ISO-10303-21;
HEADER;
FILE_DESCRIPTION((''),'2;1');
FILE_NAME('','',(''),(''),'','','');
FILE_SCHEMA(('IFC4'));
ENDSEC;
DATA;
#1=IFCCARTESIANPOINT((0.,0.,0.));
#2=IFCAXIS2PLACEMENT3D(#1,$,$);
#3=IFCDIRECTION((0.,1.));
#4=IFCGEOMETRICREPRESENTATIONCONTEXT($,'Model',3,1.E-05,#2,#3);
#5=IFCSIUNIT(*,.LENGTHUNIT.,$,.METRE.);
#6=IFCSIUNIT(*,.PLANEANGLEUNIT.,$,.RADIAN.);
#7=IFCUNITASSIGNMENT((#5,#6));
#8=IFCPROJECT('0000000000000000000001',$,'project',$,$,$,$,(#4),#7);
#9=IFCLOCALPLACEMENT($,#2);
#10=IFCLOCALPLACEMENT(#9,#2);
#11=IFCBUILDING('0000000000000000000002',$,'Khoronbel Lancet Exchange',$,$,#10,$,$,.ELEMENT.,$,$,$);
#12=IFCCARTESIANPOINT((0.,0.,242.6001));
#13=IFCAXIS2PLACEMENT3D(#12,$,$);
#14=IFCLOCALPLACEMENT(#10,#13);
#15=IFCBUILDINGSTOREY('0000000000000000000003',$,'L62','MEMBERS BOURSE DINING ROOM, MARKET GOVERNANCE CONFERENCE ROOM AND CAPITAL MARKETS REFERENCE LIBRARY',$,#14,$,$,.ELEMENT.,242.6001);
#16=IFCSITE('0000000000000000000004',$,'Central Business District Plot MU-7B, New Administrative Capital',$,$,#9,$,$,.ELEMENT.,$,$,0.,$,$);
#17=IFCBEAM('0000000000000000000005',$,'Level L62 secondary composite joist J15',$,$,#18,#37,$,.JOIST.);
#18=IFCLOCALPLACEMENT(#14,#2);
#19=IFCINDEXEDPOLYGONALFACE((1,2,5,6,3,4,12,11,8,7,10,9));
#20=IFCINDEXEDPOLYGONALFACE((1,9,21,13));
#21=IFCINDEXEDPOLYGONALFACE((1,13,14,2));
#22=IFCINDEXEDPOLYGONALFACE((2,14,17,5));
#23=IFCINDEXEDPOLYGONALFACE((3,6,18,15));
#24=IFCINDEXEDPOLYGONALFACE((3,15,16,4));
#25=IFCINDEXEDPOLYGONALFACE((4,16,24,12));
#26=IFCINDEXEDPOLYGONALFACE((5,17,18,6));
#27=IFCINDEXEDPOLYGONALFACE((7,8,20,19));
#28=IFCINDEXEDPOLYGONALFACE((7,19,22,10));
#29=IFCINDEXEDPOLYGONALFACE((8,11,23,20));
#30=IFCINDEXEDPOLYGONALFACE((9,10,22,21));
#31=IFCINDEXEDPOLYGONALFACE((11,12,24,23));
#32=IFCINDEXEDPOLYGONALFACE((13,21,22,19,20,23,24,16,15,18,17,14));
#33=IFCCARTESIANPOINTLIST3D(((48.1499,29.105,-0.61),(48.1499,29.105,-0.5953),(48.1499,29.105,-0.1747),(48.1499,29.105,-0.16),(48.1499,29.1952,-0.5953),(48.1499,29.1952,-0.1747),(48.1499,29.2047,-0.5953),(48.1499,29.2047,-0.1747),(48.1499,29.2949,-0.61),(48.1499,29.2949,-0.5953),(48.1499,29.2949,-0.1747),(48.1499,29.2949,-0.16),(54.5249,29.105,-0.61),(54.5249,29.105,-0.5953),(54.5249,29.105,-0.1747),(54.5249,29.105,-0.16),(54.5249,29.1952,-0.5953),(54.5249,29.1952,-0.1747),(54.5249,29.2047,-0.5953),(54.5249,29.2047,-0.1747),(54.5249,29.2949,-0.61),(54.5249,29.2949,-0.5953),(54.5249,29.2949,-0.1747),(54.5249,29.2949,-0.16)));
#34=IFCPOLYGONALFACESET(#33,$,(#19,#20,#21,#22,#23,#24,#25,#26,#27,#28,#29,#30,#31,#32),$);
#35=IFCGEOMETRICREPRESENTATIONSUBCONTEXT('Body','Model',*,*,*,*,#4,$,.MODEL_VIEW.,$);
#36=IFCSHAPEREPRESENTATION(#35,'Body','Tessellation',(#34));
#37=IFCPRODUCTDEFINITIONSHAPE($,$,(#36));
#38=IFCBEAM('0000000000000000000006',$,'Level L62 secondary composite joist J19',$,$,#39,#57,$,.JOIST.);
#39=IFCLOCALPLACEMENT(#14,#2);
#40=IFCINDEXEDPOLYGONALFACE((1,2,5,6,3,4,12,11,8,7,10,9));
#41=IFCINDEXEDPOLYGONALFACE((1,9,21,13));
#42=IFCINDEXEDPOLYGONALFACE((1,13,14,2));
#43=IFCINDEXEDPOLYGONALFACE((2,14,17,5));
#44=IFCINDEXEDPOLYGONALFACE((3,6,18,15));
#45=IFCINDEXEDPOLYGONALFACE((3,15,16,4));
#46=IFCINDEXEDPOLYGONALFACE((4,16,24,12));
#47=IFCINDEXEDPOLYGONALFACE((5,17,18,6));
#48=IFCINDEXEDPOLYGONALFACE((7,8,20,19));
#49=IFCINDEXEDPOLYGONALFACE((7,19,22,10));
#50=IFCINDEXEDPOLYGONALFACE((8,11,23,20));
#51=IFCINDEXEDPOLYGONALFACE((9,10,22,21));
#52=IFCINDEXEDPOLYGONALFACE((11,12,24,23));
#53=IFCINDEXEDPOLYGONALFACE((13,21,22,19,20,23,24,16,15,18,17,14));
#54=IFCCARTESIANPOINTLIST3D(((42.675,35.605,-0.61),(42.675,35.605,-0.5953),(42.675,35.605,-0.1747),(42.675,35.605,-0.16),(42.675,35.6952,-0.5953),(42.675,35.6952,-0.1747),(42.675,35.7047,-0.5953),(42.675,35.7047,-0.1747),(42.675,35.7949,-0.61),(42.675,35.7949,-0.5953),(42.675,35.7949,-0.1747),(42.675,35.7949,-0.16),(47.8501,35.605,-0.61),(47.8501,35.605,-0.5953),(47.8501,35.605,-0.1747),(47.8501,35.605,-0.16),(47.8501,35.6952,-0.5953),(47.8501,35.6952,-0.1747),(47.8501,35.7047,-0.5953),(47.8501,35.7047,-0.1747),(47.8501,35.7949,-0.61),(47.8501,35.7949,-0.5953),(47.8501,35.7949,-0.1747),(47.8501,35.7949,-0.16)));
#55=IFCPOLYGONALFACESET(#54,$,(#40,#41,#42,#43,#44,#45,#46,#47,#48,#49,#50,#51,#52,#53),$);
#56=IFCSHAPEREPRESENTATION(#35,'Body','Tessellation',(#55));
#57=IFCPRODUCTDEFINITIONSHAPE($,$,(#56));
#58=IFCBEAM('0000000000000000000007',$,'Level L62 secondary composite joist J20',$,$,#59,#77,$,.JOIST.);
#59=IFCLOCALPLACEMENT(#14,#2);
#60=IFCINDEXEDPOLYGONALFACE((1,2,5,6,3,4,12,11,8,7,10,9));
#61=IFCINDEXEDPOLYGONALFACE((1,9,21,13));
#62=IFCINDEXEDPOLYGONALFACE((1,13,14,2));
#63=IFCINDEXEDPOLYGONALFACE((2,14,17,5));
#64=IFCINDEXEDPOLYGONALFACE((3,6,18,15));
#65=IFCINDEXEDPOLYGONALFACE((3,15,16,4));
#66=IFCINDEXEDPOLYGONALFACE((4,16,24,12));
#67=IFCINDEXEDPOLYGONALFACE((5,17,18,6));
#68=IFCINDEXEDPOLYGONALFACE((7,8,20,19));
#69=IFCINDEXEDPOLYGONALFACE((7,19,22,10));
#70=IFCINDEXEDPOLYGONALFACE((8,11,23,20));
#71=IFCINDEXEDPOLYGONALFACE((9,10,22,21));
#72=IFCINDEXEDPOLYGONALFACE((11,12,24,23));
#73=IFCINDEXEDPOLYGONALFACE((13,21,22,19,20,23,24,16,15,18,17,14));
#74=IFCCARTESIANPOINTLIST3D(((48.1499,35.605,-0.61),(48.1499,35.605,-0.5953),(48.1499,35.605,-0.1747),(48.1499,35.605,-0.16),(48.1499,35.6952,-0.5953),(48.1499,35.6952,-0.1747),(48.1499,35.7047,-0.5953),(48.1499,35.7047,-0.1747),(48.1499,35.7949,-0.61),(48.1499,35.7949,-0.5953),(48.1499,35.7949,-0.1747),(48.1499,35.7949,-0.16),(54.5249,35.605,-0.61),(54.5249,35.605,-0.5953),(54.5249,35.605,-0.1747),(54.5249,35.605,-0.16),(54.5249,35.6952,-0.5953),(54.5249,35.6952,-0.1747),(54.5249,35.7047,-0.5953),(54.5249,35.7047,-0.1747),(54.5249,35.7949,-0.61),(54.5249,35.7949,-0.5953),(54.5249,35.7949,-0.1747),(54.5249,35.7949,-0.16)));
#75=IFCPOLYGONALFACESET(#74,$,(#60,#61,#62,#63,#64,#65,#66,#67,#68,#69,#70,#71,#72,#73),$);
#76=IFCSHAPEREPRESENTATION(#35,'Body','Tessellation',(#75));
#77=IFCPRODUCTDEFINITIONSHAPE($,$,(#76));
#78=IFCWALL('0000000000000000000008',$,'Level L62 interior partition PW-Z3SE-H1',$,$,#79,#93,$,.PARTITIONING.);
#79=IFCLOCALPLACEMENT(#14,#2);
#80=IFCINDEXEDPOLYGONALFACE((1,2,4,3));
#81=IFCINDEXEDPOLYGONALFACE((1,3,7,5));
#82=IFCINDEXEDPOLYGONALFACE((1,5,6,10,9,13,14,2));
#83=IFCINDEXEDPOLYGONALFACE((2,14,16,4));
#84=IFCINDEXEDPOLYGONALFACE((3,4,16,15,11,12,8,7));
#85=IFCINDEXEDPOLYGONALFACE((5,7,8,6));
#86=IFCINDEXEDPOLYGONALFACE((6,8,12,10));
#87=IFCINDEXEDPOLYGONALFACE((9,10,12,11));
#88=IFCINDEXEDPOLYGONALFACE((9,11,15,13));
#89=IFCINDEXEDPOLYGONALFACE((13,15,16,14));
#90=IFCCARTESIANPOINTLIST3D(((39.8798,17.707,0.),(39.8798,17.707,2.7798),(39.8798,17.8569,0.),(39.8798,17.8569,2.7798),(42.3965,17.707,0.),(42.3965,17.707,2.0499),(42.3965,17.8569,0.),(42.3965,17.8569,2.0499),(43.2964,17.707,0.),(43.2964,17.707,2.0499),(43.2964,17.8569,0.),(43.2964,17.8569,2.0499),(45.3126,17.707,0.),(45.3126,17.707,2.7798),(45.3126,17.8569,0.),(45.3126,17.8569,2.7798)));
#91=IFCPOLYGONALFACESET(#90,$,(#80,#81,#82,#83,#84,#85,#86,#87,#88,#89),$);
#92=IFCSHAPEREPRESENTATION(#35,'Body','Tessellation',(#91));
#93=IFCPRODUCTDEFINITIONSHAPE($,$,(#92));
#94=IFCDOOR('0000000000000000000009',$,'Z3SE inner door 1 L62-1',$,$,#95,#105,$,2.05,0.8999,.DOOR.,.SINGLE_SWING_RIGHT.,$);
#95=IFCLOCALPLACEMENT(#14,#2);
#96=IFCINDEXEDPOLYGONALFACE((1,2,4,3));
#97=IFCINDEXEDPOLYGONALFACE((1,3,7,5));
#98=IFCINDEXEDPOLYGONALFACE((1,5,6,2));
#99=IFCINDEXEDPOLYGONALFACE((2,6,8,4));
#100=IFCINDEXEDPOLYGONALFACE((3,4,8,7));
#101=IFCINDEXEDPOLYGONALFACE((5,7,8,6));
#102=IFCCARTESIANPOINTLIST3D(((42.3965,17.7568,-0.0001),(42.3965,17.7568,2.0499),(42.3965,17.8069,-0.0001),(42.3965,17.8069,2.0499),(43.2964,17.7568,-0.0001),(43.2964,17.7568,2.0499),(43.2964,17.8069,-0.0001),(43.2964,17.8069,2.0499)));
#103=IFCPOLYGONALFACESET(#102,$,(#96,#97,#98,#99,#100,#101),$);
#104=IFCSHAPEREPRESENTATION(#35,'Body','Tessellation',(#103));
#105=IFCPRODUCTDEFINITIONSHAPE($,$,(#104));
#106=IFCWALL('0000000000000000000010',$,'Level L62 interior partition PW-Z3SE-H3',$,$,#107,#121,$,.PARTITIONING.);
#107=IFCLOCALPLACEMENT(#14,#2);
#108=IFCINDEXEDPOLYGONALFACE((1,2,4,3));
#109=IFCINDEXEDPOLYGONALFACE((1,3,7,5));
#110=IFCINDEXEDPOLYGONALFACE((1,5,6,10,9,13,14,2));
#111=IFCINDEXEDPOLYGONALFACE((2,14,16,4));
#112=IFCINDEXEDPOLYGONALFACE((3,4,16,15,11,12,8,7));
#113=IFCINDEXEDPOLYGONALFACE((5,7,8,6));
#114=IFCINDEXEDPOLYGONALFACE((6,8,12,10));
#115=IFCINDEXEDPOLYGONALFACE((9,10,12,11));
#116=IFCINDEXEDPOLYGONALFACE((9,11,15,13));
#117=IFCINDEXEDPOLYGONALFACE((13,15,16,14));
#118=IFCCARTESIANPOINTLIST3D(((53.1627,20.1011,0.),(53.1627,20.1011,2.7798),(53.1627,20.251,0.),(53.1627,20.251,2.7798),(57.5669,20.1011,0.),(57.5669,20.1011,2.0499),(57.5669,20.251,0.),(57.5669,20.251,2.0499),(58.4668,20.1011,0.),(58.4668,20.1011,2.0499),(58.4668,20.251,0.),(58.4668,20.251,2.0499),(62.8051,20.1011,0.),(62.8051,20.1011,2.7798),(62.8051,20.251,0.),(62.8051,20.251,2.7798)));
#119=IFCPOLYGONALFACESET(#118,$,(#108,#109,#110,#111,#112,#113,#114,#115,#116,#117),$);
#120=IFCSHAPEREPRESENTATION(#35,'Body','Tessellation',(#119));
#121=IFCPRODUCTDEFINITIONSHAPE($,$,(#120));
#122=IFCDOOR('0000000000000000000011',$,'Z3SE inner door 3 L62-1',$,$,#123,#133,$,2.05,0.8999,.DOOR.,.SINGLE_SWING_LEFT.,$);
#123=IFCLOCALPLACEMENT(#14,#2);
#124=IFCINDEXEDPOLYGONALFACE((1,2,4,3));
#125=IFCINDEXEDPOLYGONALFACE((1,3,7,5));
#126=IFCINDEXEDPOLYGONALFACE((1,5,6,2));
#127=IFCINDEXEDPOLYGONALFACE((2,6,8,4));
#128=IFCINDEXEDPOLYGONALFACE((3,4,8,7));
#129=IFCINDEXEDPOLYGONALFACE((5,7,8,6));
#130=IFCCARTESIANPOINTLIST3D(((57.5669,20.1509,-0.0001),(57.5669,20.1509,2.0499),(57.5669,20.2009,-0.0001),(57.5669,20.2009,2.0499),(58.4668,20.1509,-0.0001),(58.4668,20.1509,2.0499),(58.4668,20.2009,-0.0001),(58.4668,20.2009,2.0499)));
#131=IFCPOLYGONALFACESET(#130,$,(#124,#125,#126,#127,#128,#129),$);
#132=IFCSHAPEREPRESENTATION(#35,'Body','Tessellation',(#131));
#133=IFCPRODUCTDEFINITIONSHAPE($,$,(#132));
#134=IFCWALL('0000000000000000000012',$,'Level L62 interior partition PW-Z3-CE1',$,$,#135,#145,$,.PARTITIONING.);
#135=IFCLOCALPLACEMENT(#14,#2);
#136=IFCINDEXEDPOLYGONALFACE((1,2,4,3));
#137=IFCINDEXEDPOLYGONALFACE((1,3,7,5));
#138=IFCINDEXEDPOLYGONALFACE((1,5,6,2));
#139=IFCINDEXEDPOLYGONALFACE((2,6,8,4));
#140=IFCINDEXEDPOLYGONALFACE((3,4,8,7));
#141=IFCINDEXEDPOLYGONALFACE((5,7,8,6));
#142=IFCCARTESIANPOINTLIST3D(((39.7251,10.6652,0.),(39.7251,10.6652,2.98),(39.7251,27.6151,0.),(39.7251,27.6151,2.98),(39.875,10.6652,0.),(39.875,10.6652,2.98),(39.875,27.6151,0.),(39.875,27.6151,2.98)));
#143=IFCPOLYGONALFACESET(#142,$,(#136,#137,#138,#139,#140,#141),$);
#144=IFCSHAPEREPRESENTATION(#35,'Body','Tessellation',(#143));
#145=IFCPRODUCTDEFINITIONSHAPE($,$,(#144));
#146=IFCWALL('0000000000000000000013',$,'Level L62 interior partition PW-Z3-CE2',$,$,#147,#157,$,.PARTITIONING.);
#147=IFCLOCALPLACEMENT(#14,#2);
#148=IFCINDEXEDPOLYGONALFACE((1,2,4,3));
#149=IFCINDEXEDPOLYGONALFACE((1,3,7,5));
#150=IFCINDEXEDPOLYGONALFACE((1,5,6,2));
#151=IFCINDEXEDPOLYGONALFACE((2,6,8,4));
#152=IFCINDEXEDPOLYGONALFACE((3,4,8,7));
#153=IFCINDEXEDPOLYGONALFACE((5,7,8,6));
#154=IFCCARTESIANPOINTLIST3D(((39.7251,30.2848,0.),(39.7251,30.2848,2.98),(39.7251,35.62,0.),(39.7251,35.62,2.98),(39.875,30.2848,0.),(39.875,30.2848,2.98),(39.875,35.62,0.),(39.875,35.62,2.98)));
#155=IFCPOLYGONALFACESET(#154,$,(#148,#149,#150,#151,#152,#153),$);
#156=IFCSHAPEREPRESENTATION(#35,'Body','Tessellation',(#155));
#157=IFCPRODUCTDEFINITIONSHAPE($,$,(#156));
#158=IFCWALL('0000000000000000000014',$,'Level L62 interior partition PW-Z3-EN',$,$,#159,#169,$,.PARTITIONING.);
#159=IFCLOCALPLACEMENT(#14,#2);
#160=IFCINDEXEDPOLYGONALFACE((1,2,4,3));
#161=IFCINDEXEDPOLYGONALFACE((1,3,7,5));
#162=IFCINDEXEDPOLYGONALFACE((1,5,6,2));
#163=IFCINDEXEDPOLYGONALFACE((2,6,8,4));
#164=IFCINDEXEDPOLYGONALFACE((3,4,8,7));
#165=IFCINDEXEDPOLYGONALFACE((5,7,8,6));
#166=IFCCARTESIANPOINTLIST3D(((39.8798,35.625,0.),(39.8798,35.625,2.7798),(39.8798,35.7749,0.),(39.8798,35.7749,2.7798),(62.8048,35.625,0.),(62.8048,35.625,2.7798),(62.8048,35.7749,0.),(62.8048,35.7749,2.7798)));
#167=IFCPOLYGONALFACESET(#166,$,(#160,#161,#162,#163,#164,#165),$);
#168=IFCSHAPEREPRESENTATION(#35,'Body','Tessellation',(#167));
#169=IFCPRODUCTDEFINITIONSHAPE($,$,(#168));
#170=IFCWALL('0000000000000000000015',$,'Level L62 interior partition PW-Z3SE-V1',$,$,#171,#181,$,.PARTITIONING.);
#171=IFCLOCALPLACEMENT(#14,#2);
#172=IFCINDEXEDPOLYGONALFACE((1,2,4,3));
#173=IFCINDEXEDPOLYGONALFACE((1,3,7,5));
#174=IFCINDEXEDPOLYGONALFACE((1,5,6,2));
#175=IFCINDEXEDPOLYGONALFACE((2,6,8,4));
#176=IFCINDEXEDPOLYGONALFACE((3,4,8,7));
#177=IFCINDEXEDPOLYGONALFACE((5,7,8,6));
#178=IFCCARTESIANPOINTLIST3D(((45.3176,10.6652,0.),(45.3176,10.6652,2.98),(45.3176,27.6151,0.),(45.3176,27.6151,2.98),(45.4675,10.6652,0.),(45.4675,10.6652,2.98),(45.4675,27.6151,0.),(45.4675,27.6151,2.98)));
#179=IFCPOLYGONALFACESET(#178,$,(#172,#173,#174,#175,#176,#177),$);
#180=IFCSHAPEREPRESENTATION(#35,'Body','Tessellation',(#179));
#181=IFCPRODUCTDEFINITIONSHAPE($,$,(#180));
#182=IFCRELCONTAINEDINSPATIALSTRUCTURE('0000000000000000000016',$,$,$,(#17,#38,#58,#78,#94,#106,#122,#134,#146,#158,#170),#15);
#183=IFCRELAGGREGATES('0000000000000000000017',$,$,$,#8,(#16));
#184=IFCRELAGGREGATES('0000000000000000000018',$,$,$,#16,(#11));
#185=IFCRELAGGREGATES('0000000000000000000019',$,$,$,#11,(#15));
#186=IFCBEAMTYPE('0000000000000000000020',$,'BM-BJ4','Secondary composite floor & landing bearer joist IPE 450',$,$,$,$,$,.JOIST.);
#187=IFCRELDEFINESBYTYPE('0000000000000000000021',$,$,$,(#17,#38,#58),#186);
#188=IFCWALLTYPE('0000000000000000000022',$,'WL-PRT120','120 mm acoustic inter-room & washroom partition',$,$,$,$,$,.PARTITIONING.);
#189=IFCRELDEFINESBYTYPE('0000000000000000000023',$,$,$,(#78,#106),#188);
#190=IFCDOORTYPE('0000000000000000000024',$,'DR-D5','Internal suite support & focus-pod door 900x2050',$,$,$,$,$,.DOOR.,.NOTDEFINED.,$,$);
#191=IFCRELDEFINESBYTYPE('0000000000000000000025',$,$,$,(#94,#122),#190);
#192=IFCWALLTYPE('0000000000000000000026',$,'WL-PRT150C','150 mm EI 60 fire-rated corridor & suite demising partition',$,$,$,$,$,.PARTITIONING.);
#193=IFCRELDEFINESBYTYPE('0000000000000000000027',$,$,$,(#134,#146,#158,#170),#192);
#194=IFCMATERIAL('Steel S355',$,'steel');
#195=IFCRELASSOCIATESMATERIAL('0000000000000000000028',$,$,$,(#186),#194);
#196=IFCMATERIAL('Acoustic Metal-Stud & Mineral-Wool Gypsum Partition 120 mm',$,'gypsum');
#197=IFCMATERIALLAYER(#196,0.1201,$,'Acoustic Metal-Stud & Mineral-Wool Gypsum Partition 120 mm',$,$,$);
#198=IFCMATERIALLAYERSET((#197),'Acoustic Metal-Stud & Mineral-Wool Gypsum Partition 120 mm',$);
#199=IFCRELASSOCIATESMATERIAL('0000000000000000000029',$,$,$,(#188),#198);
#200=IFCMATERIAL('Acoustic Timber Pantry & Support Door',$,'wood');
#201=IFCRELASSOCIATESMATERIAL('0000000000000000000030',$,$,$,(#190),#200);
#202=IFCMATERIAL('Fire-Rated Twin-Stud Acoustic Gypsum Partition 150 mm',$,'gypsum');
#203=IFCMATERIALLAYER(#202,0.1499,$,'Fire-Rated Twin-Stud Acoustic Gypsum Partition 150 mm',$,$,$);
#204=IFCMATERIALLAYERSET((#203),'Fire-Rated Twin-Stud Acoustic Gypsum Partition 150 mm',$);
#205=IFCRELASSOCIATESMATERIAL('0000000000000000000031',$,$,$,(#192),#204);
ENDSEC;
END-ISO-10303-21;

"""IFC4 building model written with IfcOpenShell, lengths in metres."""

from ifc_helpers import new_model, si_unit, direction, frame, frame_2d, origin, origin_2d, place, context, subcontext, project, spatial, rectangle, i_section, extrude, material, layer, layer_set, material_profile, profile_set, type_object, element, fill, save


model = new_model("IFC4")

# Units and contexts
model_context = context("Model", 3, precision=1e-05, world=origin(), true_north=direction((0.0, 1.0)))
body_context = subcontext(model_context, "Body", "Model", "MODEL_VIEW")
ifc_project = project(units=[si_unit("LENGTHUNIT", "METRE"), si_unit("PLANEANGLEUNIT", "RADIAN")], contexts=[model_context])

# Site, building, storey
site_placement = place(None, origin())
site = spatial("IfcSite", under=ifc_project, at=site_placement, Name="Central Business District Plot MU-7B, New Administrative Capital", CompositionType="ELEMENT", RefElevation=0.0)
building_placement = place(site_placement, origin())
building = spatial("IfcBuilding", under=site, at=building_placement, Name="Khoronbel Lancet Exchange", CompositionType="ELEMENT")
storey_placement = place(building_placement, frame((0.0, 0.0, 242.6001)))
storey = spatial("IfcBuildingStorey", under=building, at=storey_placement, Name="L62", Description="MEMBERS BOURSE DINING ROOM, MARKET GOVERNANCE CONFERENCE ROOM AND CAPITAL MARKETS REFERENCE LIBRARY", CompositionType="ELEMENT", Elevation=242.6001)

# Shared definitions
ifc_material_1 = material(Name="Steel S355", Category="steel")

# Beams
ifc_material_profile_1 = material_profile(ifc_material_1, i_section(OverallWidth=0.1899, OverallDepth=0.45, WebThickness=0.0095, FlangeThickness=0.0146, at=origin_2d()), Name="IPE 450")
ifc_profile_set_1 = profile_set([ifc_material_profile_1], Name="Steel S355")
beam_type_1 = type_object("IfcBeamType", Name="BM-BJ4", Description="Secondary composite floor & landing bearer joist IPE 450", PredefinedType="JOIST", material=ifc_profile_set_1)
beam_1_placement = place(storey_placement, frame((48.1499, 29.2, -0.385), z_axis=(1.0, 0.0, 0.0), x_axis=(0.0, 1.0, 0.0)))
element("IfcBeam", 1, at=beam_1_placement, inside=storey, type_object=beam_type_1, Name="Level L62 secondary composite joist J15", PredefinedType="JOIST", context=body_context, shape_type="SweptSolid", body=[
    extrude(i_section(OverallWidth=0.1899, OverallDepth=0.45, WebThickness=0.0095, FlangeThickness=0.0146, at=origin_2d()), origin(), (0.0, 0.0, 1.0), 6.375),
])
beam_2_placement = place(storey_placement, frame((42.675, 35.7, -0.385), z_axis=(1.0, 0.0, 0.0), x_axis=(0.0, 1.0, 0.0)))
element("IfcBeam", 2, at=beam_2_placement, inside=storey, type_object=beam_type_1, Name="Level L62 secondary composite joist J19", PredefinedType="JOIST", context=body_context, shape_type="SweptSolid", body=[
    extrude(i_section(OverallWidth=0.1899, OverallDepth=0.45, WebThickness=0.0095, FlangeThickness=0.0146, at=origin_2d()), origin(), (0.0, 0.0, 1.0), 5.175),
])
beam_3_placement = place(storey_placement, frame((48.1499, 35.7, -0.385), z_axis=(1.0, 0.0, 0.0), x_axis=(0.0, 1.0, 0.0)))
element("IfcBeam", 3, at=beam_3_placement, inside=storey, type_object=beam_type_1, Name="Level L62 secondary composite joist J20", PredefinedType="JOIST", context=body_context, shape_type="SweptSolid", body=[
    extrude(i_section(OverallWidth=0.1899, OverallDepth=0.45, WebThickness=0.0095, FlangeThickness=0.0146, at=origin_2d()), origin(), (0.0, 0.0, 1.0), 6.375),
])

# Walls, openings, doors
ifc_material_2 = material(Name="Acoustic Metal-Stud & Mineral-Wool Gypsum Partition 120 mm", Category="gypsum")
ifc_layer_1 = layer(ifc_material_2, 0.1201, Name="Acoustic Metal-Stud & Mineral-Wool Gypsum Partition 120 mm")
ifc_layer_set_1 = layer_set([ifc_layer_1], Name="Acoustic Metal-Stud & Mineral-Wool Gypsum Partition 120 mm")
wall_type_1 = type_object("IfcWallType", Name="WL-PRT120", Description="120 mm acoustic inter-room & washroom partition", PredefinedType="PARTITIONING", material=ifc_layer_set_1)
wall_1_placement = place(storey_placement, frame((39.8799, 17.782, 0.0), z_axis=(0.0, 0.0, 1.0), x_axis=(1.0, 0.0, 0.0)))
wall_1 = element("IfcWall", 4, at=wall_1_placement, inside=storey, type_object=wall_type_1, Name="Level L62 interior partition PW-Z3SE-H1", PredefinedType="PARTITIONING", context=body_context, shape_type="SweptSolid", body=[
    extrude(rectangle(XDim=5.4329, YDim=0.1499, at=frame_2d((2.7163, 0.0))), origin(), (0.0, 0.0, 1.0), 2.7798),
])
opening_1_placement = place(wall_1_placement, frame((2.5166, 0.0, 0.0)))
opening_1 = element("IfcOpeningElement", 5, at=opening_1_placement, cuts=wall_1, PredefinedType="OPENING", context=body_context, shape_type="SweptSolid", body=[
    extrude(rectangle(XDim=0.8999, YDim=2.05, at=frame_2d((0.45, 1.0249))), frame((0.0, 0.085, 0.0), z_axis=(0.0, -1.0, 0.0), x_axis=(1.0, 0.0, 0.0)), (0.0, 0.0, 1.0), 0.1699),
])
ifc_material_3 = material(Name="Acoustic Timber Pantry & Support Door", Category="wood")
door_type_1 = type_object("IfcDoorType", Name="DR-D5", Description="Internal suite support & focus-pod door 900x2050", OperationType="NOTDEFINED", PredefinedType="DOOR", material=ifc_material_3)
door_1_placement = place(opening_1_placement, origin())
door_1 = element("IfcDoor", 6, at=door_1_placement, inside=storey, type_object=door_type_1, Name="Z3SE inner door 1 L62-1", OperationType="SINGLE_SWING_RIGHT", OverallHeight=2.05, OverallWidth=0.8999, PredefinedType="DOOR", context=body_context, shape_type="SweptSolid", body=[
    extrude(rectangle(XDim=0.8999, YDim=2.05, at=frame_2d((0.45, 1.0249))), frame((0.0, 0.0249, 0.0), z_axis=(0.0, -1.0, 0.0), x_axis=(1.0, 0.0, 0.0)), (0.0, 0.0, 1.0), 0.05),
])
fill(opening_1, door_1)
wall_2_placement = place(storey_placement, frame((53.1626, 20.176, 0.0), z_axis=(0.0, 0.0, 1.0), x_axis=(1.0, 0.0, 0.0)))
wall_2 = element("IfcWall", 7, at=wall_2_placement, inside=storey, type_object=wall_type_1, Name="Level L62 interior partition PW-Z3SE-H3", PredefinedType="PARTITIONING", context=body_context, shape_type="SweptSolid", body=[
    extrude(rectangle(XDim=9.6423, YDim=0.1499, at=frame_2d((4.8213, 0.0))), origin(), (0.0, 0.0, 1.0), 2.7798),
])
opening_2_placement = place(wall_2_placement, frame((4.4043, 0.0, 0.0)))
opening_2 = element("IfcOpeningElement", 8, at=opening_2_placement, cuts=wall_2, PredefinedType="OPENING", context=body_context, shape_type="SweptSolid", body=[
    extrude(rectangle(XDim=0.8999, YDim=2.05, at=frame_2d((0.45, 1.0249))), frame((0.0, 0.085, 0.0), z_axis=(0.0, -1.0, 0.0), x_axis=(1.0, 0.0, 0.0)), (0.0, 0.0, 1.0), 0.1699),
])
door_2_placement = place(opening_2_placement, origin())
door_2 = element("IfcDoor", 9, at=door_2_placement, inside=storey, type_object=door_type_1, Name="Z3SE inner door 3 L62-1", OperationType="SINGLE_SWING_LEFT", OverallHeight=2.05, OverallWidth=0.8999, PredefinedType="DOOR", context=body_context, shape_type="SweptSolid", body=[
    extrude(rectangle(XDim=0.8999, YDim=2.05, at=frame_2d((0.45, 1.0249))), frame((0.0, 0.0249, 0.0), z_axis=(0.0, -1.0, 0.0), x_axis=(1.0, 0.0, 0.0)), (0.0, 0.0, 1.0), 0.05),
])
fill(opening_2, door_2)

# Walls
ifc_material_4 = material(Name="Fire-Rated Twin-Stud Acoustic Gypsum Partition 150 mm", Category="gypsum")
ifc_layer_2 = layer(ifc_material_4, 0.1499, Name="Fire-Rated Twin-Stud Acoustic Gypsum Partition 150 mm")
ifc_layer_set_2 = layer_set([ifc_layer_2], Name="Fire-Rated Twin-Stud Acoustic Gypsum Partition 150 mm")
wall_type_2 = type_object("IfcWallType", Name="WL-PRT150C", Description="150 mm EI 60 fire-rated corridor & suite demising partition", PredefinedType="PARTITIONING", material=ifc_layer_set_2)
wall_3_placement = place(storey_placement, frame((39.8, 10.665, 0.0), z_axis=(0.0, 0.0, 1.0), x_axis=(0.0, 1.0, 0.0)))
element("IfcWall", 10, at=wall_3_placement, inside=storey, type_object=wall_type_2, Name="Level L62 interior partition PW-Z3-CE1", PredefinedType="PARTITIONING", context=body_context, shape_type="SweptSolid", body=[
    extrude(rectangle(XDim=16.95, YDim=0.1499, at=frame_2d((8.4751, 0.0))), origin(), (0.0, 0.0, 1.0), 2.98),
])
wall_4_placement = place(storey_placement, frame((39.8, 30.2849, 0.0), z_axis=(0.0, 0.0, 1.0), x_axis=(0.0, 1.0, 0.0)))
element("IfcWall", 11, at=wall_4_placement, inside=storey, type_object=wall_type_2, Name="Level L62 interior partition PW-Z3-CE2", PredefinedType="PARTITIONING", context=body_context, shape_type="SweptSolid", body=[
    extrude(rectangle(XDim=5.3352, YDim=0.1499, at=frame_2d((2.6675, 0.0))), origin(), (0.0, 0.0, 1.0), 2.98),
])
wall_5_placement = place(storey_placement, frame((39.8799, 35.7, 0.0), z_axis=(0.0, 0.0, 1.0), x_axis=(1.0, 0.0, 0.0)))
element("IfcWall", 12, at=wall_5_placement, inside=storey, type_object=wall_type_2, Name="Level L62 interior partition PW-Z3-EN", PredefinedType="PARTITIONING", context=body_context, shape_type="SweptSolid", body=[
    extrude(rectangle(XDim=22.925, YDim=0.1499, at=frame_2d((11.4624, 0.0))), origin(), (0.0, 0.0, 1.0), 2.7798),
])
for number, where, z_axis, x_axis, name in (
    (13, (45.3926, 10.665, 0.0), (0.0, 0.0, 1.0), (0.0, 1.0, 0.0), "Level L62 interior partition PW-Z3SE-V1"),
):
    element("IfcWall", number, at=place(storey_placement, frame(where, z_axis=z_axis, x_axis=x_axis)), inside=storey, type_object=wall_type_2, Name=name, PredefinedType="PARTITIONING", context=body_context, shape_type="SweptSolid", body=[
        extrude(rectangle(XDim=16.95, YDim=0.1499, at=frame_2d((8.4751, 0.0))), origin(), (0.0, 0.0, 1.0), 2.98),
    ])

save(model, "model.ifc")
